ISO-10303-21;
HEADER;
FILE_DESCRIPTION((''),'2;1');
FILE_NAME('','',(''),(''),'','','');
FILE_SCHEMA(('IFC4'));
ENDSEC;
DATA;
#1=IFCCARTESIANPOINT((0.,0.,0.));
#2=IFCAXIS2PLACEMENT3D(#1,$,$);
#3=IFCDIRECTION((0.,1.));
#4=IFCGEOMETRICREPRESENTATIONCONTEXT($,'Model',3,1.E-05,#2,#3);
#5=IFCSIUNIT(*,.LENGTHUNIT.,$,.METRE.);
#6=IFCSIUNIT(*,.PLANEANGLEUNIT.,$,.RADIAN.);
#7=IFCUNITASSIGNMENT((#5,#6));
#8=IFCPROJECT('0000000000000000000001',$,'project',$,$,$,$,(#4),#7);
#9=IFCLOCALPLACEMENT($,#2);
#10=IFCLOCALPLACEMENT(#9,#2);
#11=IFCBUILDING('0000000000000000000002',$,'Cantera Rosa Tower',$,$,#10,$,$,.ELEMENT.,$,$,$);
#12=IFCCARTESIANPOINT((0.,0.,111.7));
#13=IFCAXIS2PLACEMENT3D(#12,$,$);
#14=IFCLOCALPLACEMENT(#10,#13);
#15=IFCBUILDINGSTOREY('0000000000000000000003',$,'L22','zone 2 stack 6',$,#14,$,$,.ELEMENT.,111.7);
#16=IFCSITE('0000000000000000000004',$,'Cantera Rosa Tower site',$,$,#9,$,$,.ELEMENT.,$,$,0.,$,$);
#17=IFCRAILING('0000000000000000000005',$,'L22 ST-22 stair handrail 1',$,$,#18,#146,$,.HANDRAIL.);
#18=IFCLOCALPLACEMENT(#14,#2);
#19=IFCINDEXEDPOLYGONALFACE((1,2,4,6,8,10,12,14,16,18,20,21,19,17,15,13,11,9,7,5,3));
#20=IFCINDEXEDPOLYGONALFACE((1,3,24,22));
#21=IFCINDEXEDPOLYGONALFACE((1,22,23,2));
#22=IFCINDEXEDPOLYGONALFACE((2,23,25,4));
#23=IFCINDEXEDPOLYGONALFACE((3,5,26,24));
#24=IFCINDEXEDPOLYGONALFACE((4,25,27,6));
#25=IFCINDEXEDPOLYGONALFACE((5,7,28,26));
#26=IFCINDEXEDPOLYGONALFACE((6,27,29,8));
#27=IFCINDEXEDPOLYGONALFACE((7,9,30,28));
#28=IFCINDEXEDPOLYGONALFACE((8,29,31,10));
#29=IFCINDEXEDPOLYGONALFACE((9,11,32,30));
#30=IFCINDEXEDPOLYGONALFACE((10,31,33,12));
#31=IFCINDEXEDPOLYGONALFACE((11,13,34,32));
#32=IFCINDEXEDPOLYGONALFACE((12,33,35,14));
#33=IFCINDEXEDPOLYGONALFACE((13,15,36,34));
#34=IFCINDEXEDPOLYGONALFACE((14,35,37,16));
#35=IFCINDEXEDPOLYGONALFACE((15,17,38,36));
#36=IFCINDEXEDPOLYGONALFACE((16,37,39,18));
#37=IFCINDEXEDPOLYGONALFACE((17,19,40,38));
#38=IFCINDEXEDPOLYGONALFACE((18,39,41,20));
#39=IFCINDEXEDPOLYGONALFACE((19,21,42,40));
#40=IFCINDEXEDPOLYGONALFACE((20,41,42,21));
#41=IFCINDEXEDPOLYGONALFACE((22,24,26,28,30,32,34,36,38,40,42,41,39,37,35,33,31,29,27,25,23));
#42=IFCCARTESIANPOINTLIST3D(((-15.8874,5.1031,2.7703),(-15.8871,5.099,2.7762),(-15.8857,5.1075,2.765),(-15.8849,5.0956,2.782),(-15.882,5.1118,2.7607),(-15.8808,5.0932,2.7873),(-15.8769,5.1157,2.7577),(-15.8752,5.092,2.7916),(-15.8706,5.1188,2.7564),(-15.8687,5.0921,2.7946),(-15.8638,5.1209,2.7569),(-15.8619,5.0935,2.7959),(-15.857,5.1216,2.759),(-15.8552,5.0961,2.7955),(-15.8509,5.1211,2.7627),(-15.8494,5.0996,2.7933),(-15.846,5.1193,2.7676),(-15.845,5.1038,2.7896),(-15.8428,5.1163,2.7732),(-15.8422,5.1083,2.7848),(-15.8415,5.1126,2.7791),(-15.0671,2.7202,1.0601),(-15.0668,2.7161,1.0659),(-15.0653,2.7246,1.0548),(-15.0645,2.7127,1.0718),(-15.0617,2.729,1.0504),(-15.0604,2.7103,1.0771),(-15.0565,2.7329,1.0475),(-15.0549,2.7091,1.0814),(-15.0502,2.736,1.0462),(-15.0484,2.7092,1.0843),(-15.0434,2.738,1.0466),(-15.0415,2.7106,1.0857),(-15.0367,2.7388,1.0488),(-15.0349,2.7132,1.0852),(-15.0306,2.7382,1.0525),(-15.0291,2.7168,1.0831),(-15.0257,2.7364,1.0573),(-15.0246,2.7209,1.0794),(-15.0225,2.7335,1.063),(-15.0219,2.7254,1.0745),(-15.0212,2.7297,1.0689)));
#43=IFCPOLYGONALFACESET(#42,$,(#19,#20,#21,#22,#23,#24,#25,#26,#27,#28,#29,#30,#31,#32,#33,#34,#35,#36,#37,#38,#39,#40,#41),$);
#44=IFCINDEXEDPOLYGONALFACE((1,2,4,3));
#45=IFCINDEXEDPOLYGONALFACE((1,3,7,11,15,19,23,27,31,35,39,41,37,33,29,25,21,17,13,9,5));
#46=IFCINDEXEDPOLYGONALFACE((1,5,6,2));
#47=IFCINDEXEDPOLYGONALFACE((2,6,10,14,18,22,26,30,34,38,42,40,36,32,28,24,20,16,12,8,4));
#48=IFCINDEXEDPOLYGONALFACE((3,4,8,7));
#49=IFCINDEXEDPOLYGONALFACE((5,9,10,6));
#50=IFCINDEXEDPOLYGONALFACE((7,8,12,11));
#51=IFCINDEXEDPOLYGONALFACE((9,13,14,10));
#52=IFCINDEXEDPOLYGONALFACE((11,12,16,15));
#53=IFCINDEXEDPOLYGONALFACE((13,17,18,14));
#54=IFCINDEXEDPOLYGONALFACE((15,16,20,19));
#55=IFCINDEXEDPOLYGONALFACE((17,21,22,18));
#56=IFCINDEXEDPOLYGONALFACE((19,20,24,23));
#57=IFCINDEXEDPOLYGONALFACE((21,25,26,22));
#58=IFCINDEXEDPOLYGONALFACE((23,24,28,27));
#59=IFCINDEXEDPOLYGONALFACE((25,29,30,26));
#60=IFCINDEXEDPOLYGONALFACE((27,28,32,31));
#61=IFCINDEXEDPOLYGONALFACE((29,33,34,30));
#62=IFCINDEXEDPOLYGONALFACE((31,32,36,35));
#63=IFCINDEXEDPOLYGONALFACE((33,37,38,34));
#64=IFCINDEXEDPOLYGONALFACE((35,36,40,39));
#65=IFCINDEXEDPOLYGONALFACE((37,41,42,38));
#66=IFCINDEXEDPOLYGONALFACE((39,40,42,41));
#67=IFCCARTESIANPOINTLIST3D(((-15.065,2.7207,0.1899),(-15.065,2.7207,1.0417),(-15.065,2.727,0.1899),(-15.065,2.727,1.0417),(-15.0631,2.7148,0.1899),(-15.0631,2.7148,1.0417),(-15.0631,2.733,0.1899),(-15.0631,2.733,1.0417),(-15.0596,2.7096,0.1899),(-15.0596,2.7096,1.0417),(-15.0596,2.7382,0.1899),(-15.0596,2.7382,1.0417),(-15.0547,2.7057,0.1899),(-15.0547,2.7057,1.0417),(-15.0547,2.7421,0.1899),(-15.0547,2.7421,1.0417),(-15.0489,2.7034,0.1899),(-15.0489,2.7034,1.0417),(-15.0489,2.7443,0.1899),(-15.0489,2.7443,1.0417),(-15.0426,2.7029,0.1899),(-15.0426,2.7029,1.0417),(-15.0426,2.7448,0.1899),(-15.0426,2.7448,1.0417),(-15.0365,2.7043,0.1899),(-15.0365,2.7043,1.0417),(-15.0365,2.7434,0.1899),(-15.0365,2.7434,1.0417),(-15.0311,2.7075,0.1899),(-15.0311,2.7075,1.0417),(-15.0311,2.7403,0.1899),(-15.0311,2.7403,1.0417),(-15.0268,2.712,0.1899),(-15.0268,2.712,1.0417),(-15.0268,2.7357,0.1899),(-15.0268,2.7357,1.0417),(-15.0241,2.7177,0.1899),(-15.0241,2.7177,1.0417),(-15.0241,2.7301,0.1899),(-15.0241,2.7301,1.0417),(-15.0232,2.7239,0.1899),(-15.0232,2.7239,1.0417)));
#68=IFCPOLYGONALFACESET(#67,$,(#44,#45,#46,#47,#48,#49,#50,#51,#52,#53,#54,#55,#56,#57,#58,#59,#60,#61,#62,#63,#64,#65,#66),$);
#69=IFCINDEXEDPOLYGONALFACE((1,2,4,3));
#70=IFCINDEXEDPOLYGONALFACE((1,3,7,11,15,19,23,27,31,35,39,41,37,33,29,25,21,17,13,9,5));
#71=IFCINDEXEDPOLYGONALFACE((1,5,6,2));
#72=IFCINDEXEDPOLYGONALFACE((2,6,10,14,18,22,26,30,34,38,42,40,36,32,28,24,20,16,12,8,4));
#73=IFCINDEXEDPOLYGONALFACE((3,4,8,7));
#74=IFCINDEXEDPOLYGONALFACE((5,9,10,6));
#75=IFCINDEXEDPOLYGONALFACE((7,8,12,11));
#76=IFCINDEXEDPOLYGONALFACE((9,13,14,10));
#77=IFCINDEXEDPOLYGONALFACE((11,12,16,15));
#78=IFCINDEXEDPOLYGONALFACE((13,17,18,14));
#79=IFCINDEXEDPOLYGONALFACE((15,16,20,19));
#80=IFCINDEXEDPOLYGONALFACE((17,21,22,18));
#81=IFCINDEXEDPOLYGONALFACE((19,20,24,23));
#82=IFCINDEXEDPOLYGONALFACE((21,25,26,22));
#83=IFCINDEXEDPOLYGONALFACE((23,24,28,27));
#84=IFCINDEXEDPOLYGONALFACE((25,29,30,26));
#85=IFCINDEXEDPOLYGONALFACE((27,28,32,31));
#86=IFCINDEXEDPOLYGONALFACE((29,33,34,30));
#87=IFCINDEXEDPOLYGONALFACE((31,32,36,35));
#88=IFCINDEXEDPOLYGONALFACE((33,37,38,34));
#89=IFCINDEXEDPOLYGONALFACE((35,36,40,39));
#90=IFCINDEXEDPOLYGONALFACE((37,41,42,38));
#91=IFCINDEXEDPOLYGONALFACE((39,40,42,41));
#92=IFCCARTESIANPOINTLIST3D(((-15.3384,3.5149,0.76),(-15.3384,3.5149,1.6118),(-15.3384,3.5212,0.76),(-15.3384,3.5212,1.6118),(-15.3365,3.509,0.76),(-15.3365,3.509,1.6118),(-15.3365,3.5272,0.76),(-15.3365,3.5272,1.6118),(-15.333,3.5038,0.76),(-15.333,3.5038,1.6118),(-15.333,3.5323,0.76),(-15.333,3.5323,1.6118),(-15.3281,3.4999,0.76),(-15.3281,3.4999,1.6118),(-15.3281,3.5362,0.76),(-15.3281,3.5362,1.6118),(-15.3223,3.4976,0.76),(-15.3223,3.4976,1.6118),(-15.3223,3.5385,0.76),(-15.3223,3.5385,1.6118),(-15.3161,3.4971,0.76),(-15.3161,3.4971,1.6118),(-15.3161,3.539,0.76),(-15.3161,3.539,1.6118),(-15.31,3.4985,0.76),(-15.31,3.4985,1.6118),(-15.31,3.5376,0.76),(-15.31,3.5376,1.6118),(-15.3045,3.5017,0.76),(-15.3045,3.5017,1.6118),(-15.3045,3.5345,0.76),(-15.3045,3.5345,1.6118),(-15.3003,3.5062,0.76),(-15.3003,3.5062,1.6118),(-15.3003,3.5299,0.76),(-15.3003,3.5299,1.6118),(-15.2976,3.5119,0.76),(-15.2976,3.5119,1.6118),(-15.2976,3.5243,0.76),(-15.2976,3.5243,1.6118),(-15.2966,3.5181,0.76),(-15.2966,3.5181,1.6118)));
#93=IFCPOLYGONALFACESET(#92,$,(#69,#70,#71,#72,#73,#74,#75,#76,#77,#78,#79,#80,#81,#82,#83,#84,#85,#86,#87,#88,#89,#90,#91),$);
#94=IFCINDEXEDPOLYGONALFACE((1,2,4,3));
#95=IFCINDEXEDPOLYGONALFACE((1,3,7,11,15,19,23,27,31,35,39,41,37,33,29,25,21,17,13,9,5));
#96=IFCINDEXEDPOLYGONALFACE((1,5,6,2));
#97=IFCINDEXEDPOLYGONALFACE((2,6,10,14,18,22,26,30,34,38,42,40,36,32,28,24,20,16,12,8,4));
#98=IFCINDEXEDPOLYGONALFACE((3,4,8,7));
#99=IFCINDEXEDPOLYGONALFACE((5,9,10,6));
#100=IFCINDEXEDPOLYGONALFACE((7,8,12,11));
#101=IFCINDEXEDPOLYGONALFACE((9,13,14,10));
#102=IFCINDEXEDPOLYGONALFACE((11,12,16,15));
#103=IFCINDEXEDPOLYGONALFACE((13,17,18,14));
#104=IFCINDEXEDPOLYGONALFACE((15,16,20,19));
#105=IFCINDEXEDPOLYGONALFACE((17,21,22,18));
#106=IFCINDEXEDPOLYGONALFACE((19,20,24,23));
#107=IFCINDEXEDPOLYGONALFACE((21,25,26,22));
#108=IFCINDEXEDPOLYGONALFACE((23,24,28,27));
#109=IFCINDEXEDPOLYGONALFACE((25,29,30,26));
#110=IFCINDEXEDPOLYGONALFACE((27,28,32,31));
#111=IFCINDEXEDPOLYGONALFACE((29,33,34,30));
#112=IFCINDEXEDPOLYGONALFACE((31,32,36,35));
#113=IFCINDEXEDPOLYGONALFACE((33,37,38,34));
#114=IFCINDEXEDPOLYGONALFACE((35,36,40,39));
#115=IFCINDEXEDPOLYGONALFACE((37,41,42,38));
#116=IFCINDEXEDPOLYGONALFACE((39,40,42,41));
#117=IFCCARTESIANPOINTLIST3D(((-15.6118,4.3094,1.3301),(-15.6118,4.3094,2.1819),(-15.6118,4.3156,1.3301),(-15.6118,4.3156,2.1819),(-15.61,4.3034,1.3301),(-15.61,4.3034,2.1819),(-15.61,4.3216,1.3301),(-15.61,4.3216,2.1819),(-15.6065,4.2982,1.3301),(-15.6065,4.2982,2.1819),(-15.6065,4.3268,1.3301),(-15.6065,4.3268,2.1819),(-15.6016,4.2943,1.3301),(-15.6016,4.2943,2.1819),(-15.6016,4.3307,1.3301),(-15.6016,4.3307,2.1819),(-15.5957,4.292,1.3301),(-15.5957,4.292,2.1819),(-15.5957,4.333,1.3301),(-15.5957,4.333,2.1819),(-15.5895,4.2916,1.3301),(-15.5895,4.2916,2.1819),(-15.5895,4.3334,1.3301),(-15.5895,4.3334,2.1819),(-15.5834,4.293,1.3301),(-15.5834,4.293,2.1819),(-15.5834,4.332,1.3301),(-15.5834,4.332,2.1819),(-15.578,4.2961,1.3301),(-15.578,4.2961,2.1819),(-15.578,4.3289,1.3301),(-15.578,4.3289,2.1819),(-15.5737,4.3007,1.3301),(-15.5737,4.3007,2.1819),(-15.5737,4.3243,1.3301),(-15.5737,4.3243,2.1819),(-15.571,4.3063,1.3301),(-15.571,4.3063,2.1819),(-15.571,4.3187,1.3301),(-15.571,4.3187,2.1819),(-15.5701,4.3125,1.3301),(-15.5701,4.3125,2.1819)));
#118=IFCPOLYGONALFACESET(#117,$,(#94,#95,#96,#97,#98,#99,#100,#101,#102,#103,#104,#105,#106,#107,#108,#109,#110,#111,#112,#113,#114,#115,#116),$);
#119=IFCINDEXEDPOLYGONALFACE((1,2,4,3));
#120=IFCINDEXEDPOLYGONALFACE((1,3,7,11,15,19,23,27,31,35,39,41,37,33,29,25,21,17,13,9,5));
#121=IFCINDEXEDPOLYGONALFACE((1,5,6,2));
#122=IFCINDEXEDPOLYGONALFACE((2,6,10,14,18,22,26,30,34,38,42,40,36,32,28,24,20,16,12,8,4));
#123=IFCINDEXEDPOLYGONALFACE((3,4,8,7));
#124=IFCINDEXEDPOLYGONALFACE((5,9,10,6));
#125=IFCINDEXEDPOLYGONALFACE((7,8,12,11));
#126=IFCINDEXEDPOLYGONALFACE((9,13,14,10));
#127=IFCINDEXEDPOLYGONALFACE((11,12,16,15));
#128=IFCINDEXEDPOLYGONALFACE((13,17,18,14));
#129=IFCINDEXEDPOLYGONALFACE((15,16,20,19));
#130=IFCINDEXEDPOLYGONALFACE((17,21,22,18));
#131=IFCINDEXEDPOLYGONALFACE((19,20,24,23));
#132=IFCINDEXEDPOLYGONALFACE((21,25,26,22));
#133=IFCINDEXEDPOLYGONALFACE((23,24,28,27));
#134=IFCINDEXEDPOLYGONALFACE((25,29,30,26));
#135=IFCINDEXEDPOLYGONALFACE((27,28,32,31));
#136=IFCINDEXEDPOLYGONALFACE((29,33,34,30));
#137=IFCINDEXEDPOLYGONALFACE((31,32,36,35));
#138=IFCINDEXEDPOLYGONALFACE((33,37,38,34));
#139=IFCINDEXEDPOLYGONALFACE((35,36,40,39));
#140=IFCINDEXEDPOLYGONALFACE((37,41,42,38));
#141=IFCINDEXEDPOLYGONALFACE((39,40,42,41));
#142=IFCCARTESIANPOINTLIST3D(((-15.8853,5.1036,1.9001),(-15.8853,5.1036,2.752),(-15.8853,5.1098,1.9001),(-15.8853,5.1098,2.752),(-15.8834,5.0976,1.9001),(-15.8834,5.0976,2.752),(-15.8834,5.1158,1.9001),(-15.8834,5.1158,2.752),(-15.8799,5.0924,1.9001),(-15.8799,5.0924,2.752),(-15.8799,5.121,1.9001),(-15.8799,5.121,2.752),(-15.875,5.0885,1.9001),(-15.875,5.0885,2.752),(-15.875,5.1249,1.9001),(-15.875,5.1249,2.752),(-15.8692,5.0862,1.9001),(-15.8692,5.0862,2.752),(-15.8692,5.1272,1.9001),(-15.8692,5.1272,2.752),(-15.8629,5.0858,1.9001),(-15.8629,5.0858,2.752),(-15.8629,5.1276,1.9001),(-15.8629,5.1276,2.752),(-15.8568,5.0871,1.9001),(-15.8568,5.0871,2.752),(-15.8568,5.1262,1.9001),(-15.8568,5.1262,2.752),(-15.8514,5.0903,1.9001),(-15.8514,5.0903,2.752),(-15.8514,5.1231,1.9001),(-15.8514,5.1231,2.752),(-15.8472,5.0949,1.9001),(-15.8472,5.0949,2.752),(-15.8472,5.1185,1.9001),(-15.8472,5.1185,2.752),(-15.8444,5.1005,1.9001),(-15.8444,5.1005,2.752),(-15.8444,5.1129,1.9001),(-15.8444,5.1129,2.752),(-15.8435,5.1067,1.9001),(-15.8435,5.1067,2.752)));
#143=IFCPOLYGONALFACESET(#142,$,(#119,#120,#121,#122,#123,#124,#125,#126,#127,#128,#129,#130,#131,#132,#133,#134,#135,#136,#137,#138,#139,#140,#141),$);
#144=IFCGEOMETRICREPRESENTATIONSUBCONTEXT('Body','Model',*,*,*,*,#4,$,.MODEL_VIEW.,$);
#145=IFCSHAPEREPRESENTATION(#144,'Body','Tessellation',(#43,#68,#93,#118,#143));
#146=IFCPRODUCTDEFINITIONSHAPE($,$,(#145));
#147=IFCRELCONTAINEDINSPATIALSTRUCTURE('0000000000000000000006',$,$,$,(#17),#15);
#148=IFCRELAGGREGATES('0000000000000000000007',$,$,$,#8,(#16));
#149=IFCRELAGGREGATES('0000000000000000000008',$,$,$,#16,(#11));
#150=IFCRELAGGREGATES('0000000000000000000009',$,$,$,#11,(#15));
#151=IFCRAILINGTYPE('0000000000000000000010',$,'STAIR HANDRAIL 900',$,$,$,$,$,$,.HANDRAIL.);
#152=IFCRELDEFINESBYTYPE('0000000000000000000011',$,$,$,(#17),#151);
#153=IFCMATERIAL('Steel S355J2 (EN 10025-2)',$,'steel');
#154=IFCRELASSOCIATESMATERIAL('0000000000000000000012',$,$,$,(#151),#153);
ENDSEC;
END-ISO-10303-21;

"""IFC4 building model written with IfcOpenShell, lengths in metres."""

from ifc_helpers import new_model, si_unit, direction, frame, origin, origin_2d, place, context, subcontext, project, spatial, circle, extrude, material, type_object, element, save


model = new_model("IFC4")

# Units and contexts
model_context = context("Model", 3, precision=1e-05, world=origin(), true_north=direction((0.0, 1.0)))
body_context = subcontext(model_context, "Body", "Model", "MODEL_VIEW")
ifc_project = project(units=[si_unit("LENGTHUNIT", "METRE"), si_unit("PLANEANGLEUNIT", "RADIAN")], contexts=[model_context])

# Site, building, storey
site_placement = place(None, origin())
site = spatial("IfcSite", under=ifc_project, at=site_placement, Name="Cantera Rosa Tower site", CompositionType="ELEMENT", RefElevation=0.0)
building_placement = place(site_placement, origin())
building = spatial("IfcBuilding", under=site, at=building_placement, Name="Cantera Rosa Tower", CompositionType="ELEMENT")
storey_placement = place(building_placement, frame((0.0, 0.0, 111.7)))
storey = spatial("IfcBuildingStorey", under=building, at=storey_placement, Name="L22", Description="zone 2 stack 6", CompositionType="ELEMENT", Elevation=111.7)

# Railing
ifc_material_1 = material(Name="Steel S355J2 (EN 10025-2)", Category="steel")
railing_type_1 = type_object("IfcRailingType", Name="STAIR HANDRAIL 900", PredefinedType="HANDRAIL", material=ifc_material_1)
railing_1_placement = place(storey_placement, frame((-15.0442, 2.7239, 0.1899)))
element("IfcRailing", 1, at=railing_1_placement, inside=storey, type_object=railing_type_1, Name="L22 ST-22 stair handrail 1", PredefinedType="HANDRAIL", context=body_context, shape_type="SweptSolid", body=[
    extrude(circle(Radius=0.0239, at=origin_2d()), frame((0.0, 0.0, 0.876), z_axis=(-0.269346, 0.782386, 0.561538), x_axis=(-0.945538, -0.325513, 0.0)), (0.0, 0.0, 1.0), 3.0457),
    extrude(circle(Radius=0.021, at=origin_2d()), origin(), (0.0, 0.0, 1.0), 0.8518),
    extrude(circle(Radius=0.021, at=origin_2d()), frame((-0.2734, 0.7942, 0.5701)), (0.0, 0.0, 1.0), 0.8518),
    extrude(circle(Radius=0.021, at=origin_2d()), frame((-0.5469, 1.5886, 1.1401)), (0.0, 0.0, 1.0), 0.8518),
    extrude(circle(Radius=0.021, at=origin_2d()), frame((-0.8203, 2.3828, 1.7102)), (0.0, 0.0, 1.0), 0.8518),
])

save(model, "model.ifc")
